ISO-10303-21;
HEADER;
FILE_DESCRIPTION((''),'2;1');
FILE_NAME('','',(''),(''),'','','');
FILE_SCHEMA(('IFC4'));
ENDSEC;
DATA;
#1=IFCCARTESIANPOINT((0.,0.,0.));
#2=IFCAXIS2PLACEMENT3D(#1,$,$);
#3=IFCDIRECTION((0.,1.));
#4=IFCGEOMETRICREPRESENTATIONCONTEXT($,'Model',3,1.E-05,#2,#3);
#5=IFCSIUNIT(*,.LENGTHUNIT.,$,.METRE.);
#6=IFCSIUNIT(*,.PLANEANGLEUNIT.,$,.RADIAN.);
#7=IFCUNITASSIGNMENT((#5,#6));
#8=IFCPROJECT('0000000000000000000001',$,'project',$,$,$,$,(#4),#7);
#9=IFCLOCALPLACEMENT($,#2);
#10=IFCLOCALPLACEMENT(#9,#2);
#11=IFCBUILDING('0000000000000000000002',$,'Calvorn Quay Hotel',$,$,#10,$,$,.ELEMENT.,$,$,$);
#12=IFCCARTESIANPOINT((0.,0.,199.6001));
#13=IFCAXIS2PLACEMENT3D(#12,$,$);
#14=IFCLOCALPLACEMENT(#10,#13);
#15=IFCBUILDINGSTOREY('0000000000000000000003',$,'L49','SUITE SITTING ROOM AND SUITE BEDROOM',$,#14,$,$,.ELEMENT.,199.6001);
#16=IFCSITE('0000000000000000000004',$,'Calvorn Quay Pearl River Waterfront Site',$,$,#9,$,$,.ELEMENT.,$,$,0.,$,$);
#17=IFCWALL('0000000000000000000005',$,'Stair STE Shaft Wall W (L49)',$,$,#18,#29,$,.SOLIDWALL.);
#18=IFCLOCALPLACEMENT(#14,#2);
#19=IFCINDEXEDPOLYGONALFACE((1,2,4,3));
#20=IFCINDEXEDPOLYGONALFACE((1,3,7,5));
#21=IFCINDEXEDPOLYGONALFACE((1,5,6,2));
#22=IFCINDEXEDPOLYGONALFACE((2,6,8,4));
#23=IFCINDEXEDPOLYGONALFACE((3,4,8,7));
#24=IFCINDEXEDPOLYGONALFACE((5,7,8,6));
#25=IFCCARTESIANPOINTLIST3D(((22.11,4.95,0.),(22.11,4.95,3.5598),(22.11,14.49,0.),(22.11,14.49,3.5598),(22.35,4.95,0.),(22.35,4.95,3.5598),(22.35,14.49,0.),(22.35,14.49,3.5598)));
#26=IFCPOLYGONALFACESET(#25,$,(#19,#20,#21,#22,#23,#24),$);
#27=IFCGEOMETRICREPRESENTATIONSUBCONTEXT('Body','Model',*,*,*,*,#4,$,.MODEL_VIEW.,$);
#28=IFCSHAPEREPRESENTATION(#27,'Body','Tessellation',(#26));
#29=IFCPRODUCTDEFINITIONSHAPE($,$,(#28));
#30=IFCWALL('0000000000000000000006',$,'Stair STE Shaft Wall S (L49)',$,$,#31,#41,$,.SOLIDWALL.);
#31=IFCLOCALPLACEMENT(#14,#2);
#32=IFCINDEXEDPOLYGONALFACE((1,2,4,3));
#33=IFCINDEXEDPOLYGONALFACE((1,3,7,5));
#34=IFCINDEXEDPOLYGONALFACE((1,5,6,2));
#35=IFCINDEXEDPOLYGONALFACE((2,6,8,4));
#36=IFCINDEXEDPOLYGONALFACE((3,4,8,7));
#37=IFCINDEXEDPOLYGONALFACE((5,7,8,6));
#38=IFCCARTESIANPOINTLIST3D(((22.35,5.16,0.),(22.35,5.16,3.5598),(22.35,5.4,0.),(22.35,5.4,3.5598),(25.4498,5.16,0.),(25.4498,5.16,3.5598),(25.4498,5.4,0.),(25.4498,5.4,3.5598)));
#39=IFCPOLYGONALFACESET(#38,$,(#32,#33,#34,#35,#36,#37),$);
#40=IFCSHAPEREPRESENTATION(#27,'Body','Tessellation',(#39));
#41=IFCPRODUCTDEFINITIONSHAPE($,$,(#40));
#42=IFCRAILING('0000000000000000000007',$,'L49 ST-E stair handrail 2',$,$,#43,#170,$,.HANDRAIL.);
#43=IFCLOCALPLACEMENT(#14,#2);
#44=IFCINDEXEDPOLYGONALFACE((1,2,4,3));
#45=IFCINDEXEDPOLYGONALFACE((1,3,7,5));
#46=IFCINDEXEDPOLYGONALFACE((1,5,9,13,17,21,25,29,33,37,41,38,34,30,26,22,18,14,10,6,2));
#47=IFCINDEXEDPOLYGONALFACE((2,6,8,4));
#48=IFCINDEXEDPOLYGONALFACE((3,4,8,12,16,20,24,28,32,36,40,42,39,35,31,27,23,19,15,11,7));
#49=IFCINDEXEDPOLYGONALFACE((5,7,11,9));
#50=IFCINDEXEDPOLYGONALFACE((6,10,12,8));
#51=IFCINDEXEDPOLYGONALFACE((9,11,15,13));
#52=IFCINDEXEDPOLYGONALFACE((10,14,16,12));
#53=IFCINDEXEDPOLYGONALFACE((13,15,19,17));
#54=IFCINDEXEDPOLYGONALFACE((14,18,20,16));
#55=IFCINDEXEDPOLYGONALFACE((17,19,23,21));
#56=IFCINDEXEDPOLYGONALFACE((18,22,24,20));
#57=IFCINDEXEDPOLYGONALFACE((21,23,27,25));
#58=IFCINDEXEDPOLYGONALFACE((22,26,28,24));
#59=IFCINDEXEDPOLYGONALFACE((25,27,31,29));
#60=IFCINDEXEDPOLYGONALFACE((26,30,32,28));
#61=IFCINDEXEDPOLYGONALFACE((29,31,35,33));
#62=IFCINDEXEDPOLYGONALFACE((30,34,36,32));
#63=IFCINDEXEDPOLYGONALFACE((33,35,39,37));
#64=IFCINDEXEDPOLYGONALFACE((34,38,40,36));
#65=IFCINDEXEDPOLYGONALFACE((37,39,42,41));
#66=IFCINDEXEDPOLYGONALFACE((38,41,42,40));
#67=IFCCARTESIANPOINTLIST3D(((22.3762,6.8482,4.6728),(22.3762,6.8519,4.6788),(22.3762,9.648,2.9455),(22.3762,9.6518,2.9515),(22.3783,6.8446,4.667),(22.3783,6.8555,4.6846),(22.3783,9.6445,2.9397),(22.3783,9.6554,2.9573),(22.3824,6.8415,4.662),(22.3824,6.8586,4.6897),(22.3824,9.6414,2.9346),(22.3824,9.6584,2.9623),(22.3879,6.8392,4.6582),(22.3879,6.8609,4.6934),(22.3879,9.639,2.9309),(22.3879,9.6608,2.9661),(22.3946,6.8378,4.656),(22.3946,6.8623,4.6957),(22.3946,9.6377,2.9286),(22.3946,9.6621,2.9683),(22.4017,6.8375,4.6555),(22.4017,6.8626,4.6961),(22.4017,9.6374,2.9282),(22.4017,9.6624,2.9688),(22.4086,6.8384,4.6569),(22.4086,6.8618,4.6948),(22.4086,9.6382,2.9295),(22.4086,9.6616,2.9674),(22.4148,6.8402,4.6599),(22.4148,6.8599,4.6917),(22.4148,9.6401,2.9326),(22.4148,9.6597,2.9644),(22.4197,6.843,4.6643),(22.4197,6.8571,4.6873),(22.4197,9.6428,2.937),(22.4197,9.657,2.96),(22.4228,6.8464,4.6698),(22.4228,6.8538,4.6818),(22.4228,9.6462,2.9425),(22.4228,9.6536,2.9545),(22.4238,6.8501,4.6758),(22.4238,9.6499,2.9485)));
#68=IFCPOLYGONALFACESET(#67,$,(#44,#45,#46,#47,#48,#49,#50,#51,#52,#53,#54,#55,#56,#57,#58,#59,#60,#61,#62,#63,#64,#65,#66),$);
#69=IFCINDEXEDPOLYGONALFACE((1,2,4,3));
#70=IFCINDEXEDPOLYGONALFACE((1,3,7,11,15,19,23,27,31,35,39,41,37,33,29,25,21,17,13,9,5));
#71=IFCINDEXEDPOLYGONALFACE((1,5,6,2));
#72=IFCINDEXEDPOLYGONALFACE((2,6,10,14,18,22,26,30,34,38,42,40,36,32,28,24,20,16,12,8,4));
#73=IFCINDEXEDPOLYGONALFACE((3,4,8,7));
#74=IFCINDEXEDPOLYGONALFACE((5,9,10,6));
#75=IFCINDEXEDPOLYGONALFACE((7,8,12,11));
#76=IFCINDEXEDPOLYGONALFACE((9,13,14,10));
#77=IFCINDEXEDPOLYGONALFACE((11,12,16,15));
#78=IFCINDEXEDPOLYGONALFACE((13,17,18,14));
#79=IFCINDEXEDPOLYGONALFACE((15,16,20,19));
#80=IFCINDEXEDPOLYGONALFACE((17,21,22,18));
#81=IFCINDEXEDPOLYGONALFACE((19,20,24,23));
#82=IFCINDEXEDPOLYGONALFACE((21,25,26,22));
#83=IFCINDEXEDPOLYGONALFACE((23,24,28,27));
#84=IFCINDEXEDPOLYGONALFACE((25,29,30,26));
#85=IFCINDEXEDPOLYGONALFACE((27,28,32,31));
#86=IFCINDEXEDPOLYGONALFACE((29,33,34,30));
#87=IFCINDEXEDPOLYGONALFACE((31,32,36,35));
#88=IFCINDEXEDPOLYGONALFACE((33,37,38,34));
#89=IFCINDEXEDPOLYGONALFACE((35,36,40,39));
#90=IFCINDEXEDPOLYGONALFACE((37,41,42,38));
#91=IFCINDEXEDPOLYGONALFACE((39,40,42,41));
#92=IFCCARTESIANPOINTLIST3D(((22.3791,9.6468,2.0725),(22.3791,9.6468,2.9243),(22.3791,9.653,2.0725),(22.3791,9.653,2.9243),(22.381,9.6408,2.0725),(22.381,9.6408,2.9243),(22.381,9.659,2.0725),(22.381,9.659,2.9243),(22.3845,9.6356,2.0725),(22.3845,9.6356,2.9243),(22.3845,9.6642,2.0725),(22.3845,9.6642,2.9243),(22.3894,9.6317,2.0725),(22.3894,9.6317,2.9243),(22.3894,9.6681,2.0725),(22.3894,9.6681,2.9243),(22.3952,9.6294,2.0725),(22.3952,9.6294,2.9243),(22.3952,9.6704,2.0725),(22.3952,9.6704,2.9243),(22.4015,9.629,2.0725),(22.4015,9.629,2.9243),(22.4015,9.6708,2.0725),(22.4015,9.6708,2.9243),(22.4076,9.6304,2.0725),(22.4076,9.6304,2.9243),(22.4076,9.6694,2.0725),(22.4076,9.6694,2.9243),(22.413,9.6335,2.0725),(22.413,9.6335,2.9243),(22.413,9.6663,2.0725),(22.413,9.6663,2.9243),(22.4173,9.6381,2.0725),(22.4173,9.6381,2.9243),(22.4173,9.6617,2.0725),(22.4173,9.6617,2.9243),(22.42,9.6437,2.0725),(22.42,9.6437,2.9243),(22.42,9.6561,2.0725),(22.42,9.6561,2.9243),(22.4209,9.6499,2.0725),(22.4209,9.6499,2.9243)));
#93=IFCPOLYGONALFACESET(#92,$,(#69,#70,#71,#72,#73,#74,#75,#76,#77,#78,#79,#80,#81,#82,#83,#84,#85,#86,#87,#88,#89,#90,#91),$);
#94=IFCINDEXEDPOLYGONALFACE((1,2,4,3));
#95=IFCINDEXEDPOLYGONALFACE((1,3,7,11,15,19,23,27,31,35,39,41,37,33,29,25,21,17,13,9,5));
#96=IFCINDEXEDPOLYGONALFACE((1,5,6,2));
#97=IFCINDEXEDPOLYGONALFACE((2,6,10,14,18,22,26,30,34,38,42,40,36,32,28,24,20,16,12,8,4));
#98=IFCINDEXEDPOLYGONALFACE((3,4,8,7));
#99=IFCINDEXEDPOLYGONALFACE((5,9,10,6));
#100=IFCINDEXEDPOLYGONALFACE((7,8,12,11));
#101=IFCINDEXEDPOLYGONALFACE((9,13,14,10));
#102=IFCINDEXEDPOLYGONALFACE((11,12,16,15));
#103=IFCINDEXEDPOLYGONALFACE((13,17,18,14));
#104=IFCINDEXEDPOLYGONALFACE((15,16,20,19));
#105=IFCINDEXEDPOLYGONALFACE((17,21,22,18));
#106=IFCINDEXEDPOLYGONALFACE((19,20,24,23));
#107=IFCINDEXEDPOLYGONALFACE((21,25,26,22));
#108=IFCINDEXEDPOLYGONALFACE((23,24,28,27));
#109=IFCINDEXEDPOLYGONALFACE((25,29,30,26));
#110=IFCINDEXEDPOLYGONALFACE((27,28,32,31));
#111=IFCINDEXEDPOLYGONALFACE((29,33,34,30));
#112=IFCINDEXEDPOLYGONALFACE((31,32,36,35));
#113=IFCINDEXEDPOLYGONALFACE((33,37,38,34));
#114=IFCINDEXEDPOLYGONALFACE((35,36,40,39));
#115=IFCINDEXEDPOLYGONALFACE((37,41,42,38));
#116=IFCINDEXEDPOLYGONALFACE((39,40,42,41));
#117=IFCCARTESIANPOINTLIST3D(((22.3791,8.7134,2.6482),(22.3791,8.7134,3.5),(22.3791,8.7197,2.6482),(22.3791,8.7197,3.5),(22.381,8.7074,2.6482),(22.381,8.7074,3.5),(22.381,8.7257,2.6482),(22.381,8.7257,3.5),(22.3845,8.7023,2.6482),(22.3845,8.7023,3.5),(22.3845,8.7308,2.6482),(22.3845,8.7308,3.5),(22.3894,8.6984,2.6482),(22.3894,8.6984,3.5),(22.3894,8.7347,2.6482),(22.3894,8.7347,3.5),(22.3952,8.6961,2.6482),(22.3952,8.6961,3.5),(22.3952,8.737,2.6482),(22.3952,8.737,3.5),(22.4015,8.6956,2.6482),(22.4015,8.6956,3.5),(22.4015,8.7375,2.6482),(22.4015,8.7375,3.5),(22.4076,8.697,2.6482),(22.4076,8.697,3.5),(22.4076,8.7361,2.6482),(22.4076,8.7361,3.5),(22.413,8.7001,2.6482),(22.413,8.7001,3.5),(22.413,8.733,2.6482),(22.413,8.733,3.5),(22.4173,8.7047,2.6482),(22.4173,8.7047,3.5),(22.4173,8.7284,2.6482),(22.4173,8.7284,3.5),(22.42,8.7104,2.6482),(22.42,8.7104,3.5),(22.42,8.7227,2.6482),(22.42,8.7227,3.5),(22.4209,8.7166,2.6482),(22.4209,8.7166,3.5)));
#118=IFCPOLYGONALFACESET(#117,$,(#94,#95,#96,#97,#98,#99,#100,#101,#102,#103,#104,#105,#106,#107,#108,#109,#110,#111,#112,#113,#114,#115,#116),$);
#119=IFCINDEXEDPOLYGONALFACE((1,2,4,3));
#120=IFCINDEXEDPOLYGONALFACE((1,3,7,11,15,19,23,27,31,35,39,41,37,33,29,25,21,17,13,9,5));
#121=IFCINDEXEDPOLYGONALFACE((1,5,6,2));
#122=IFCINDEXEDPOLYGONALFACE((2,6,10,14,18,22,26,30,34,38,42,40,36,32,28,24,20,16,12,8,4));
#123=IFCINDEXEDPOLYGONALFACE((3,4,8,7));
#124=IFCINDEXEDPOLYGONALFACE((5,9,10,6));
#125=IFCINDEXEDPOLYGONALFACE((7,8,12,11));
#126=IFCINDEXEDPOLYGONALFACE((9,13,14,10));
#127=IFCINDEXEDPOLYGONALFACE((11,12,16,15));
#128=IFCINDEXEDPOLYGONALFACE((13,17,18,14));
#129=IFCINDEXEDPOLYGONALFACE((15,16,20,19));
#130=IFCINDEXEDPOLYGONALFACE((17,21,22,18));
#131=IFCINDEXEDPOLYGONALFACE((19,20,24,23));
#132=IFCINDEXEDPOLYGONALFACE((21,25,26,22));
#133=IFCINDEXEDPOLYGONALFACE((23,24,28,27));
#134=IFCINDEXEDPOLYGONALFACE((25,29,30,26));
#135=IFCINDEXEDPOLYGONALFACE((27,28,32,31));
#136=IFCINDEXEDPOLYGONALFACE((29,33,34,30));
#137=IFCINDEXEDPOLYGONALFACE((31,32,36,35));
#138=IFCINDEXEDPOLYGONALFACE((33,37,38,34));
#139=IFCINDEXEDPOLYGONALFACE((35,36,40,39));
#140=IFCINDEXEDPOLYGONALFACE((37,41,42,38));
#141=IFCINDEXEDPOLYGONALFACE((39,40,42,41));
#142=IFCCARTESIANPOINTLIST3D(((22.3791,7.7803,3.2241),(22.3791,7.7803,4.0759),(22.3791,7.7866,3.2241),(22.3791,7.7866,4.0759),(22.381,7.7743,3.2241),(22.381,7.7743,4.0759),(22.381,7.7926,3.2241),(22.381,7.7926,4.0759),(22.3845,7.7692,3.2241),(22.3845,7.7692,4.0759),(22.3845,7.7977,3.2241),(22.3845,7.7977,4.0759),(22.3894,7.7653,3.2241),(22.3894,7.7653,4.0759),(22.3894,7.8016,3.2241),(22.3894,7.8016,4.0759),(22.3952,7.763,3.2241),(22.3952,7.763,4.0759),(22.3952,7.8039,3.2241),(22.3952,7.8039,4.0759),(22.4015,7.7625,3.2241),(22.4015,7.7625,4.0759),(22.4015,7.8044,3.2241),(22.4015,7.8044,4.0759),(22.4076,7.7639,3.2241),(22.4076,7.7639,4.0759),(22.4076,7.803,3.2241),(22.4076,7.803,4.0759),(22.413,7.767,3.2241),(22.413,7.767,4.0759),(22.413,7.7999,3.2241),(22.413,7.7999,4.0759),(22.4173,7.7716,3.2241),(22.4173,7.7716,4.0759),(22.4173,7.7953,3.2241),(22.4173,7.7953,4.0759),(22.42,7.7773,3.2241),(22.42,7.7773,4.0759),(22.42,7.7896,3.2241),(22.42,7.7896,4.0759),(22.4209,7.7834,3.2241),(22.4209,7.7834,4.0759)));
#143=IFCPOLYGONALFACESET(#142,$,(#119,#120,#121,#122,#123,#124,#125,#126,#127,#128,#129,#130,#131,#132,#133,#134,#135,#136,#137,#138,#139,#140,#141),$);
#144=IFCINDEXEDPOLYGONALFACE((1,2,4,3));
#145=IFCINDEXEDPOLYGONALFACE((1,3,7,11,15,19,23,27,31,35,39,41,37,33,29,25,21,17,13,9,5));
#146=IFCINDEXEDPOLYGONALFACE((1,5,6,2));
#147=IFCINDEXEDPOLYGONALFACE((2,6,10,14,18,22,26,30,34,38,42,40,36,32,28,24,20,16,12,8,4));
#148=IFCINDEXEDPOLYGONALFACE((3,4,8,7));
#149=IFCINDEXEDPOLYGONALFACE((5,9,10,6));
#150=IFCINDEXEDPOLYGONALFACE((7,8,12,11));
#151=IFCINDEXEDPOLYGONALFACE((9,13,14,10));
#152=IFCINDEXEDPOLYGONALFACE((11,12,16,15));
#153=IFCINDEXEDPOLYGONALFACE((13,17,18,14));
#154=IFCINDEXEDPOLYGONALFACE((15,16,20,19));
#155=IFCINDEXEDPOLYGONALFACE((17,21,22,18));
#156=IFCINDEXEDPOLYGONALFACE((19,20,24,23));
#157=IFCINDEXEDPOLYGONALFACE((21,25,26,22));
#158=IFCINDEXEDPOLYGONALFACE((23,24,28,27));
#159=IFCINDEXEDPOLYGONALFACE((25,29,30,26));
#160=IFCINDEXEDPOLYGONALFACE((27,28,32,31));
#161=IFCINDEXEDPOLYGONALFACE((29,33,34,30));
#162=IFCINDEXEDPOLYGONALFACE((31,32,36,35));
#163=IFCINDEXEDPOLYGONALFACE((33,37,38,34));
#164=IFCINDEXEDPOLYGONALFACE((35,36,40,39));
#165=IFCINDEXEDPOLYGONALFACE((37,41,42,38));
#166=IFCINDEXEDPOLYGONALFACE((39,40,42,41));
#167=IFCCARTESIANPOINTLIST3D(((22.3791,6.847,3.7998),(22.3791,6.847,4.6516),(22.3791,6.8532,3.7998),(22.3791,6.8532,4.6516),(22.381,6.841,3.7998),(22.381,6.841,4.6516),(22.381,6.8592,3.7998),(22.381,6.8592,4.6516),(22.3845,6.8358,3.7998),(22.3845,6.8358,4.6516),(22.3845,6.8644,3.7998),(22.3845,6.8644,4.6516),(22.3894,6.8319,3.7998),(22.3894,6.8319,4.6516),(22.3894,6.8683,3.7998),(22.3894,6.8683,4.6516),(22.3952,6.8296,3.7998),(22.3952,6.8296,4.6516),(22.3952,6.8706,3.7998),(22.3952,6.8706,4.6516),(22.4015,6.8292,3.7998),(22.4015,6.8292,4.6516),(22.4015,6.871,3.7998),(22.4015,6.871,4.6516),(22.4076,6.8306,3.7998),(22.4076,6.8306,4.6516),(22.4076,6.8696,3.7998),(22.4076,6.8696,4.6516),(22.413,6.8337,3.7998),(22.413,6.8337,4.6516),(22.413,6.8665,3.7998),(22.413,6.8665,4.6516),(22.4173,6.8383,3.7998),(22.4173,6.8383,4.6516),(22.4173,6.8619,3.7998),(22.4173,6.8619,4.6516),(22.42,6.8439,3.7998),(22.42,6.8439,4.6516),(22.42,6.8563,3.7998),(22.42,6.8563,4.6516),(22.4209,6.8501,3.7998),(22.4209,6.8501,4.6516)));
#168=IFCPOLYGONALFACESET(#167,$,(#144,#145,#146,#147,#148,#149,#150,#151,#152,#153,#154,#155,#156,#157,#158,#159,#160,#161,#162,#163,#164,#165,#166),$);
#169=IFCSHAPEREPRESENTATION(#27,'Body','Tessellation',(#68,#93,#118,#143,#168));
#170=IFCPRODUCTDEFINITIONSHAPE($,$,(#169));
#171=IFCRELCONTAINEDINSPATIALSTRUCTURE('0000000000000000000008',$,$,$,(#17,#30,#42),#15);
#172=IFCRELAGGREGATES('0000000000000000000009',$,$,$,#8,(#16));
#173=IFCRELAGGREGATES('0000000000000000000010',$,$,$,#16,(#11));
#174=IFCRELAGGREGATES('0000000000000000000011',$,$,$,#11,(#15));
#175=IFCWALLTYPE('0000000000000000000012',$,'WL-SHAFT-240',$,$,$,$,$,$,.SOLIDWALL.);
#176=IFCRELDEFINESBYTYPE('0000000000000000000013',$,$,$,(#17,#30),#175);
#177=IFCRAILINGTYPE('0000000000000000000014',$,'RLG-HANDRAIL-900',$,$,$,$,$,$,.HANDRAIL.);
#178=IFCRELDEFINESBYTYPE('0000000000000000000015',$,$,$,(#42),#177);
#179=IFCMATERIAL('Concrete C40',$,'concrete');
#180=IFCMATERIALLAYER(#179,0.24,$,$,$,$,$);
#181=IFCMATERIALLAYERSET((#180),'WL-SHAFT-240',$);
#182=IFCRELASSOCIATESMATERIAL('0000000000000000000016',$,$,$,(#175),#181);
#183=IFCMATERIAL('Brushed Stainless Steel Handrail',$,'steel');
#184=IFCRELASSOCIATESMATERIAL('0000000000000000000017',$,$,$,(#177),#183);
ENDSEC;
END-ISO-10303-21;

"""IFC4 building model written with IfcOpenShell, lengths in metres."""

from ifc_helpers import new_model, si_unit, direction, frame, frame_2d, origin, origin_2d, place, context, subcontext, project, spatial, rectangle, circle, extrude, material, layer, layer_set, type_object, element, save


model = new_model("IFC4")

# Units and contexts
model_context = context("Model", 3, precision=1e-05, world=origin(), true_north=direction((0.0, 1.0)))
body_context = subcontext(model_context, "Body", "Model", "MODEL_VIEW")
ifc_project = project(units=[si_unit("LENGTHUNIT", "METRE"), si_unit("PLANEANGLEUNIT", "RADIAN")], contexts=[model_context])

# Site, building, storey
site_placement = place(None, origin())
site = spatial("IfcSite", under=ifc_project, at=site_placement, Name="Calvorn Quay Pearl River Waterfront Site", CompositionType="ELEMENT", RefElevation=0.0)
building_placement = place(site_placement, origin())
building = spatial("IfcBuilding", under=site, at=building_placement, Name="Calvorn Quay Hotel", CompositionType="ELEMENT")
storey_placement = place(building_placement, frame((0.0, 0.0, 199.6001)))
storey = spatial("IfcBuildingStorey", under=building, at=storey_placement, Name="L49", Description="SUITE SITTING ROOM AND SUITE BEDROOM", CompositionType="ELEMENT", Elevation=199.6001)

# Walls
ifc_material_1 = material(Name="Concrete C40", Category="concrete")
ifc_layer_1 = layer(ifc_material_1, 0.24)
ifc_layer_set_1 = layer_set([ifc_layer_1], Name="WL-SHAFT-240")
wall_type_1 = type_object("IfcWallType", Name="WL-SHAFT-240", PredefinedType="SOLIDWALL", material=ifc_layer_set_1)
wall_1_placement = place(storey_placement, frame((22.23, 4.95, 0.0), z_axis=(0.0, 0.0, 1.0), x_axis=(0.0, 1.0, 0.0)))
element("IfcWall", 1, at=wall_1_placement, inside=storey, type_object=wall_type_1, Name="Stair STE Shaft Wall W (L49)", PredefinedType="SOLIDWALL", context=body_context, shape_type="SweptSolid", body=[
    extrude(rectangle(XDim=9.54, YDim=0.24, at=frame_2d((4.77, 0.0))), origin(), (0.0, 0.0, 1.0), 3.5598),
])
wall_2_placement = place(storey_placement, frame((22.3501, 5.28, 0.0), z_axis=(0.0, 0.0, 1.0), x_axis=(1.0, 0.0, 0.0)))
element("IfcWall", 2, at=wall_2_placement, inside=storey, type_object=wall_type_1, Name="Stair STE Shaft Wall S (L49)", PredefinedType="SOLIDWALL", context=body_context, shape_type="SweptSolid", body=[
    extrude(rectangle(XDim=3.0999, YDim=0.24, at=frame_2d((1.5498, 0.0))), origin(), (0.0, 0.0, 1.0), 3.5598),
])

# Railing
ifc_material_2 = material(Name="Brushed Stainless Steel Handrail", Category="steel")
railing_type = type_object("IfcRailingType", Name="RLG-HANDRAIL-900", PredefinedType="HANDRAIL", material=ifc_material_2)
railing_placement = place(storey_placement, frame((22.3999, 9.6499, 2.0725)))
element("IfcRailing", 3, at=railing_placement, inside=storey, type_object=railing_type, Name="L49 ST-E stair handrail 2", PredefinedType="HANDRAIL", context=body_context, shape_type="SweptSolid", body=[
    extrude(circle(Radius=0.0239, at=origin_2d()), frame((0.0, 0.0, 0.876), z_axis=(0.0, -0.851069, 0.525054), x_axis=(1.0, 0.0, 0.0)), (0.0, 0.0, 1.0), 3.2898),
    extrude(circle(Radius=0.021, at=origin_2d()), origin(), (0.0, 0.0, 1.0), 0.8518),
    extrude(circle(Radius=0.021, at=origin_2d()), frame((0.0, -0.9333, 0.5757)), (0.0, 0.0, 1.0), 0.8518),
    extrude(circle(Radius=0.021, at=origin_2d()), frame((0.0, -1.8665, 1.1516)), (0.0, 0.0, 1.0), 0.8518),
    extrude(circle(Radius=0.021, at=origin_2d()), frame((0.0, -2.7998, 1.7273)), (0.0, 0.0, 1.0), 0.8518),
])

save(model, "model.ifc")
